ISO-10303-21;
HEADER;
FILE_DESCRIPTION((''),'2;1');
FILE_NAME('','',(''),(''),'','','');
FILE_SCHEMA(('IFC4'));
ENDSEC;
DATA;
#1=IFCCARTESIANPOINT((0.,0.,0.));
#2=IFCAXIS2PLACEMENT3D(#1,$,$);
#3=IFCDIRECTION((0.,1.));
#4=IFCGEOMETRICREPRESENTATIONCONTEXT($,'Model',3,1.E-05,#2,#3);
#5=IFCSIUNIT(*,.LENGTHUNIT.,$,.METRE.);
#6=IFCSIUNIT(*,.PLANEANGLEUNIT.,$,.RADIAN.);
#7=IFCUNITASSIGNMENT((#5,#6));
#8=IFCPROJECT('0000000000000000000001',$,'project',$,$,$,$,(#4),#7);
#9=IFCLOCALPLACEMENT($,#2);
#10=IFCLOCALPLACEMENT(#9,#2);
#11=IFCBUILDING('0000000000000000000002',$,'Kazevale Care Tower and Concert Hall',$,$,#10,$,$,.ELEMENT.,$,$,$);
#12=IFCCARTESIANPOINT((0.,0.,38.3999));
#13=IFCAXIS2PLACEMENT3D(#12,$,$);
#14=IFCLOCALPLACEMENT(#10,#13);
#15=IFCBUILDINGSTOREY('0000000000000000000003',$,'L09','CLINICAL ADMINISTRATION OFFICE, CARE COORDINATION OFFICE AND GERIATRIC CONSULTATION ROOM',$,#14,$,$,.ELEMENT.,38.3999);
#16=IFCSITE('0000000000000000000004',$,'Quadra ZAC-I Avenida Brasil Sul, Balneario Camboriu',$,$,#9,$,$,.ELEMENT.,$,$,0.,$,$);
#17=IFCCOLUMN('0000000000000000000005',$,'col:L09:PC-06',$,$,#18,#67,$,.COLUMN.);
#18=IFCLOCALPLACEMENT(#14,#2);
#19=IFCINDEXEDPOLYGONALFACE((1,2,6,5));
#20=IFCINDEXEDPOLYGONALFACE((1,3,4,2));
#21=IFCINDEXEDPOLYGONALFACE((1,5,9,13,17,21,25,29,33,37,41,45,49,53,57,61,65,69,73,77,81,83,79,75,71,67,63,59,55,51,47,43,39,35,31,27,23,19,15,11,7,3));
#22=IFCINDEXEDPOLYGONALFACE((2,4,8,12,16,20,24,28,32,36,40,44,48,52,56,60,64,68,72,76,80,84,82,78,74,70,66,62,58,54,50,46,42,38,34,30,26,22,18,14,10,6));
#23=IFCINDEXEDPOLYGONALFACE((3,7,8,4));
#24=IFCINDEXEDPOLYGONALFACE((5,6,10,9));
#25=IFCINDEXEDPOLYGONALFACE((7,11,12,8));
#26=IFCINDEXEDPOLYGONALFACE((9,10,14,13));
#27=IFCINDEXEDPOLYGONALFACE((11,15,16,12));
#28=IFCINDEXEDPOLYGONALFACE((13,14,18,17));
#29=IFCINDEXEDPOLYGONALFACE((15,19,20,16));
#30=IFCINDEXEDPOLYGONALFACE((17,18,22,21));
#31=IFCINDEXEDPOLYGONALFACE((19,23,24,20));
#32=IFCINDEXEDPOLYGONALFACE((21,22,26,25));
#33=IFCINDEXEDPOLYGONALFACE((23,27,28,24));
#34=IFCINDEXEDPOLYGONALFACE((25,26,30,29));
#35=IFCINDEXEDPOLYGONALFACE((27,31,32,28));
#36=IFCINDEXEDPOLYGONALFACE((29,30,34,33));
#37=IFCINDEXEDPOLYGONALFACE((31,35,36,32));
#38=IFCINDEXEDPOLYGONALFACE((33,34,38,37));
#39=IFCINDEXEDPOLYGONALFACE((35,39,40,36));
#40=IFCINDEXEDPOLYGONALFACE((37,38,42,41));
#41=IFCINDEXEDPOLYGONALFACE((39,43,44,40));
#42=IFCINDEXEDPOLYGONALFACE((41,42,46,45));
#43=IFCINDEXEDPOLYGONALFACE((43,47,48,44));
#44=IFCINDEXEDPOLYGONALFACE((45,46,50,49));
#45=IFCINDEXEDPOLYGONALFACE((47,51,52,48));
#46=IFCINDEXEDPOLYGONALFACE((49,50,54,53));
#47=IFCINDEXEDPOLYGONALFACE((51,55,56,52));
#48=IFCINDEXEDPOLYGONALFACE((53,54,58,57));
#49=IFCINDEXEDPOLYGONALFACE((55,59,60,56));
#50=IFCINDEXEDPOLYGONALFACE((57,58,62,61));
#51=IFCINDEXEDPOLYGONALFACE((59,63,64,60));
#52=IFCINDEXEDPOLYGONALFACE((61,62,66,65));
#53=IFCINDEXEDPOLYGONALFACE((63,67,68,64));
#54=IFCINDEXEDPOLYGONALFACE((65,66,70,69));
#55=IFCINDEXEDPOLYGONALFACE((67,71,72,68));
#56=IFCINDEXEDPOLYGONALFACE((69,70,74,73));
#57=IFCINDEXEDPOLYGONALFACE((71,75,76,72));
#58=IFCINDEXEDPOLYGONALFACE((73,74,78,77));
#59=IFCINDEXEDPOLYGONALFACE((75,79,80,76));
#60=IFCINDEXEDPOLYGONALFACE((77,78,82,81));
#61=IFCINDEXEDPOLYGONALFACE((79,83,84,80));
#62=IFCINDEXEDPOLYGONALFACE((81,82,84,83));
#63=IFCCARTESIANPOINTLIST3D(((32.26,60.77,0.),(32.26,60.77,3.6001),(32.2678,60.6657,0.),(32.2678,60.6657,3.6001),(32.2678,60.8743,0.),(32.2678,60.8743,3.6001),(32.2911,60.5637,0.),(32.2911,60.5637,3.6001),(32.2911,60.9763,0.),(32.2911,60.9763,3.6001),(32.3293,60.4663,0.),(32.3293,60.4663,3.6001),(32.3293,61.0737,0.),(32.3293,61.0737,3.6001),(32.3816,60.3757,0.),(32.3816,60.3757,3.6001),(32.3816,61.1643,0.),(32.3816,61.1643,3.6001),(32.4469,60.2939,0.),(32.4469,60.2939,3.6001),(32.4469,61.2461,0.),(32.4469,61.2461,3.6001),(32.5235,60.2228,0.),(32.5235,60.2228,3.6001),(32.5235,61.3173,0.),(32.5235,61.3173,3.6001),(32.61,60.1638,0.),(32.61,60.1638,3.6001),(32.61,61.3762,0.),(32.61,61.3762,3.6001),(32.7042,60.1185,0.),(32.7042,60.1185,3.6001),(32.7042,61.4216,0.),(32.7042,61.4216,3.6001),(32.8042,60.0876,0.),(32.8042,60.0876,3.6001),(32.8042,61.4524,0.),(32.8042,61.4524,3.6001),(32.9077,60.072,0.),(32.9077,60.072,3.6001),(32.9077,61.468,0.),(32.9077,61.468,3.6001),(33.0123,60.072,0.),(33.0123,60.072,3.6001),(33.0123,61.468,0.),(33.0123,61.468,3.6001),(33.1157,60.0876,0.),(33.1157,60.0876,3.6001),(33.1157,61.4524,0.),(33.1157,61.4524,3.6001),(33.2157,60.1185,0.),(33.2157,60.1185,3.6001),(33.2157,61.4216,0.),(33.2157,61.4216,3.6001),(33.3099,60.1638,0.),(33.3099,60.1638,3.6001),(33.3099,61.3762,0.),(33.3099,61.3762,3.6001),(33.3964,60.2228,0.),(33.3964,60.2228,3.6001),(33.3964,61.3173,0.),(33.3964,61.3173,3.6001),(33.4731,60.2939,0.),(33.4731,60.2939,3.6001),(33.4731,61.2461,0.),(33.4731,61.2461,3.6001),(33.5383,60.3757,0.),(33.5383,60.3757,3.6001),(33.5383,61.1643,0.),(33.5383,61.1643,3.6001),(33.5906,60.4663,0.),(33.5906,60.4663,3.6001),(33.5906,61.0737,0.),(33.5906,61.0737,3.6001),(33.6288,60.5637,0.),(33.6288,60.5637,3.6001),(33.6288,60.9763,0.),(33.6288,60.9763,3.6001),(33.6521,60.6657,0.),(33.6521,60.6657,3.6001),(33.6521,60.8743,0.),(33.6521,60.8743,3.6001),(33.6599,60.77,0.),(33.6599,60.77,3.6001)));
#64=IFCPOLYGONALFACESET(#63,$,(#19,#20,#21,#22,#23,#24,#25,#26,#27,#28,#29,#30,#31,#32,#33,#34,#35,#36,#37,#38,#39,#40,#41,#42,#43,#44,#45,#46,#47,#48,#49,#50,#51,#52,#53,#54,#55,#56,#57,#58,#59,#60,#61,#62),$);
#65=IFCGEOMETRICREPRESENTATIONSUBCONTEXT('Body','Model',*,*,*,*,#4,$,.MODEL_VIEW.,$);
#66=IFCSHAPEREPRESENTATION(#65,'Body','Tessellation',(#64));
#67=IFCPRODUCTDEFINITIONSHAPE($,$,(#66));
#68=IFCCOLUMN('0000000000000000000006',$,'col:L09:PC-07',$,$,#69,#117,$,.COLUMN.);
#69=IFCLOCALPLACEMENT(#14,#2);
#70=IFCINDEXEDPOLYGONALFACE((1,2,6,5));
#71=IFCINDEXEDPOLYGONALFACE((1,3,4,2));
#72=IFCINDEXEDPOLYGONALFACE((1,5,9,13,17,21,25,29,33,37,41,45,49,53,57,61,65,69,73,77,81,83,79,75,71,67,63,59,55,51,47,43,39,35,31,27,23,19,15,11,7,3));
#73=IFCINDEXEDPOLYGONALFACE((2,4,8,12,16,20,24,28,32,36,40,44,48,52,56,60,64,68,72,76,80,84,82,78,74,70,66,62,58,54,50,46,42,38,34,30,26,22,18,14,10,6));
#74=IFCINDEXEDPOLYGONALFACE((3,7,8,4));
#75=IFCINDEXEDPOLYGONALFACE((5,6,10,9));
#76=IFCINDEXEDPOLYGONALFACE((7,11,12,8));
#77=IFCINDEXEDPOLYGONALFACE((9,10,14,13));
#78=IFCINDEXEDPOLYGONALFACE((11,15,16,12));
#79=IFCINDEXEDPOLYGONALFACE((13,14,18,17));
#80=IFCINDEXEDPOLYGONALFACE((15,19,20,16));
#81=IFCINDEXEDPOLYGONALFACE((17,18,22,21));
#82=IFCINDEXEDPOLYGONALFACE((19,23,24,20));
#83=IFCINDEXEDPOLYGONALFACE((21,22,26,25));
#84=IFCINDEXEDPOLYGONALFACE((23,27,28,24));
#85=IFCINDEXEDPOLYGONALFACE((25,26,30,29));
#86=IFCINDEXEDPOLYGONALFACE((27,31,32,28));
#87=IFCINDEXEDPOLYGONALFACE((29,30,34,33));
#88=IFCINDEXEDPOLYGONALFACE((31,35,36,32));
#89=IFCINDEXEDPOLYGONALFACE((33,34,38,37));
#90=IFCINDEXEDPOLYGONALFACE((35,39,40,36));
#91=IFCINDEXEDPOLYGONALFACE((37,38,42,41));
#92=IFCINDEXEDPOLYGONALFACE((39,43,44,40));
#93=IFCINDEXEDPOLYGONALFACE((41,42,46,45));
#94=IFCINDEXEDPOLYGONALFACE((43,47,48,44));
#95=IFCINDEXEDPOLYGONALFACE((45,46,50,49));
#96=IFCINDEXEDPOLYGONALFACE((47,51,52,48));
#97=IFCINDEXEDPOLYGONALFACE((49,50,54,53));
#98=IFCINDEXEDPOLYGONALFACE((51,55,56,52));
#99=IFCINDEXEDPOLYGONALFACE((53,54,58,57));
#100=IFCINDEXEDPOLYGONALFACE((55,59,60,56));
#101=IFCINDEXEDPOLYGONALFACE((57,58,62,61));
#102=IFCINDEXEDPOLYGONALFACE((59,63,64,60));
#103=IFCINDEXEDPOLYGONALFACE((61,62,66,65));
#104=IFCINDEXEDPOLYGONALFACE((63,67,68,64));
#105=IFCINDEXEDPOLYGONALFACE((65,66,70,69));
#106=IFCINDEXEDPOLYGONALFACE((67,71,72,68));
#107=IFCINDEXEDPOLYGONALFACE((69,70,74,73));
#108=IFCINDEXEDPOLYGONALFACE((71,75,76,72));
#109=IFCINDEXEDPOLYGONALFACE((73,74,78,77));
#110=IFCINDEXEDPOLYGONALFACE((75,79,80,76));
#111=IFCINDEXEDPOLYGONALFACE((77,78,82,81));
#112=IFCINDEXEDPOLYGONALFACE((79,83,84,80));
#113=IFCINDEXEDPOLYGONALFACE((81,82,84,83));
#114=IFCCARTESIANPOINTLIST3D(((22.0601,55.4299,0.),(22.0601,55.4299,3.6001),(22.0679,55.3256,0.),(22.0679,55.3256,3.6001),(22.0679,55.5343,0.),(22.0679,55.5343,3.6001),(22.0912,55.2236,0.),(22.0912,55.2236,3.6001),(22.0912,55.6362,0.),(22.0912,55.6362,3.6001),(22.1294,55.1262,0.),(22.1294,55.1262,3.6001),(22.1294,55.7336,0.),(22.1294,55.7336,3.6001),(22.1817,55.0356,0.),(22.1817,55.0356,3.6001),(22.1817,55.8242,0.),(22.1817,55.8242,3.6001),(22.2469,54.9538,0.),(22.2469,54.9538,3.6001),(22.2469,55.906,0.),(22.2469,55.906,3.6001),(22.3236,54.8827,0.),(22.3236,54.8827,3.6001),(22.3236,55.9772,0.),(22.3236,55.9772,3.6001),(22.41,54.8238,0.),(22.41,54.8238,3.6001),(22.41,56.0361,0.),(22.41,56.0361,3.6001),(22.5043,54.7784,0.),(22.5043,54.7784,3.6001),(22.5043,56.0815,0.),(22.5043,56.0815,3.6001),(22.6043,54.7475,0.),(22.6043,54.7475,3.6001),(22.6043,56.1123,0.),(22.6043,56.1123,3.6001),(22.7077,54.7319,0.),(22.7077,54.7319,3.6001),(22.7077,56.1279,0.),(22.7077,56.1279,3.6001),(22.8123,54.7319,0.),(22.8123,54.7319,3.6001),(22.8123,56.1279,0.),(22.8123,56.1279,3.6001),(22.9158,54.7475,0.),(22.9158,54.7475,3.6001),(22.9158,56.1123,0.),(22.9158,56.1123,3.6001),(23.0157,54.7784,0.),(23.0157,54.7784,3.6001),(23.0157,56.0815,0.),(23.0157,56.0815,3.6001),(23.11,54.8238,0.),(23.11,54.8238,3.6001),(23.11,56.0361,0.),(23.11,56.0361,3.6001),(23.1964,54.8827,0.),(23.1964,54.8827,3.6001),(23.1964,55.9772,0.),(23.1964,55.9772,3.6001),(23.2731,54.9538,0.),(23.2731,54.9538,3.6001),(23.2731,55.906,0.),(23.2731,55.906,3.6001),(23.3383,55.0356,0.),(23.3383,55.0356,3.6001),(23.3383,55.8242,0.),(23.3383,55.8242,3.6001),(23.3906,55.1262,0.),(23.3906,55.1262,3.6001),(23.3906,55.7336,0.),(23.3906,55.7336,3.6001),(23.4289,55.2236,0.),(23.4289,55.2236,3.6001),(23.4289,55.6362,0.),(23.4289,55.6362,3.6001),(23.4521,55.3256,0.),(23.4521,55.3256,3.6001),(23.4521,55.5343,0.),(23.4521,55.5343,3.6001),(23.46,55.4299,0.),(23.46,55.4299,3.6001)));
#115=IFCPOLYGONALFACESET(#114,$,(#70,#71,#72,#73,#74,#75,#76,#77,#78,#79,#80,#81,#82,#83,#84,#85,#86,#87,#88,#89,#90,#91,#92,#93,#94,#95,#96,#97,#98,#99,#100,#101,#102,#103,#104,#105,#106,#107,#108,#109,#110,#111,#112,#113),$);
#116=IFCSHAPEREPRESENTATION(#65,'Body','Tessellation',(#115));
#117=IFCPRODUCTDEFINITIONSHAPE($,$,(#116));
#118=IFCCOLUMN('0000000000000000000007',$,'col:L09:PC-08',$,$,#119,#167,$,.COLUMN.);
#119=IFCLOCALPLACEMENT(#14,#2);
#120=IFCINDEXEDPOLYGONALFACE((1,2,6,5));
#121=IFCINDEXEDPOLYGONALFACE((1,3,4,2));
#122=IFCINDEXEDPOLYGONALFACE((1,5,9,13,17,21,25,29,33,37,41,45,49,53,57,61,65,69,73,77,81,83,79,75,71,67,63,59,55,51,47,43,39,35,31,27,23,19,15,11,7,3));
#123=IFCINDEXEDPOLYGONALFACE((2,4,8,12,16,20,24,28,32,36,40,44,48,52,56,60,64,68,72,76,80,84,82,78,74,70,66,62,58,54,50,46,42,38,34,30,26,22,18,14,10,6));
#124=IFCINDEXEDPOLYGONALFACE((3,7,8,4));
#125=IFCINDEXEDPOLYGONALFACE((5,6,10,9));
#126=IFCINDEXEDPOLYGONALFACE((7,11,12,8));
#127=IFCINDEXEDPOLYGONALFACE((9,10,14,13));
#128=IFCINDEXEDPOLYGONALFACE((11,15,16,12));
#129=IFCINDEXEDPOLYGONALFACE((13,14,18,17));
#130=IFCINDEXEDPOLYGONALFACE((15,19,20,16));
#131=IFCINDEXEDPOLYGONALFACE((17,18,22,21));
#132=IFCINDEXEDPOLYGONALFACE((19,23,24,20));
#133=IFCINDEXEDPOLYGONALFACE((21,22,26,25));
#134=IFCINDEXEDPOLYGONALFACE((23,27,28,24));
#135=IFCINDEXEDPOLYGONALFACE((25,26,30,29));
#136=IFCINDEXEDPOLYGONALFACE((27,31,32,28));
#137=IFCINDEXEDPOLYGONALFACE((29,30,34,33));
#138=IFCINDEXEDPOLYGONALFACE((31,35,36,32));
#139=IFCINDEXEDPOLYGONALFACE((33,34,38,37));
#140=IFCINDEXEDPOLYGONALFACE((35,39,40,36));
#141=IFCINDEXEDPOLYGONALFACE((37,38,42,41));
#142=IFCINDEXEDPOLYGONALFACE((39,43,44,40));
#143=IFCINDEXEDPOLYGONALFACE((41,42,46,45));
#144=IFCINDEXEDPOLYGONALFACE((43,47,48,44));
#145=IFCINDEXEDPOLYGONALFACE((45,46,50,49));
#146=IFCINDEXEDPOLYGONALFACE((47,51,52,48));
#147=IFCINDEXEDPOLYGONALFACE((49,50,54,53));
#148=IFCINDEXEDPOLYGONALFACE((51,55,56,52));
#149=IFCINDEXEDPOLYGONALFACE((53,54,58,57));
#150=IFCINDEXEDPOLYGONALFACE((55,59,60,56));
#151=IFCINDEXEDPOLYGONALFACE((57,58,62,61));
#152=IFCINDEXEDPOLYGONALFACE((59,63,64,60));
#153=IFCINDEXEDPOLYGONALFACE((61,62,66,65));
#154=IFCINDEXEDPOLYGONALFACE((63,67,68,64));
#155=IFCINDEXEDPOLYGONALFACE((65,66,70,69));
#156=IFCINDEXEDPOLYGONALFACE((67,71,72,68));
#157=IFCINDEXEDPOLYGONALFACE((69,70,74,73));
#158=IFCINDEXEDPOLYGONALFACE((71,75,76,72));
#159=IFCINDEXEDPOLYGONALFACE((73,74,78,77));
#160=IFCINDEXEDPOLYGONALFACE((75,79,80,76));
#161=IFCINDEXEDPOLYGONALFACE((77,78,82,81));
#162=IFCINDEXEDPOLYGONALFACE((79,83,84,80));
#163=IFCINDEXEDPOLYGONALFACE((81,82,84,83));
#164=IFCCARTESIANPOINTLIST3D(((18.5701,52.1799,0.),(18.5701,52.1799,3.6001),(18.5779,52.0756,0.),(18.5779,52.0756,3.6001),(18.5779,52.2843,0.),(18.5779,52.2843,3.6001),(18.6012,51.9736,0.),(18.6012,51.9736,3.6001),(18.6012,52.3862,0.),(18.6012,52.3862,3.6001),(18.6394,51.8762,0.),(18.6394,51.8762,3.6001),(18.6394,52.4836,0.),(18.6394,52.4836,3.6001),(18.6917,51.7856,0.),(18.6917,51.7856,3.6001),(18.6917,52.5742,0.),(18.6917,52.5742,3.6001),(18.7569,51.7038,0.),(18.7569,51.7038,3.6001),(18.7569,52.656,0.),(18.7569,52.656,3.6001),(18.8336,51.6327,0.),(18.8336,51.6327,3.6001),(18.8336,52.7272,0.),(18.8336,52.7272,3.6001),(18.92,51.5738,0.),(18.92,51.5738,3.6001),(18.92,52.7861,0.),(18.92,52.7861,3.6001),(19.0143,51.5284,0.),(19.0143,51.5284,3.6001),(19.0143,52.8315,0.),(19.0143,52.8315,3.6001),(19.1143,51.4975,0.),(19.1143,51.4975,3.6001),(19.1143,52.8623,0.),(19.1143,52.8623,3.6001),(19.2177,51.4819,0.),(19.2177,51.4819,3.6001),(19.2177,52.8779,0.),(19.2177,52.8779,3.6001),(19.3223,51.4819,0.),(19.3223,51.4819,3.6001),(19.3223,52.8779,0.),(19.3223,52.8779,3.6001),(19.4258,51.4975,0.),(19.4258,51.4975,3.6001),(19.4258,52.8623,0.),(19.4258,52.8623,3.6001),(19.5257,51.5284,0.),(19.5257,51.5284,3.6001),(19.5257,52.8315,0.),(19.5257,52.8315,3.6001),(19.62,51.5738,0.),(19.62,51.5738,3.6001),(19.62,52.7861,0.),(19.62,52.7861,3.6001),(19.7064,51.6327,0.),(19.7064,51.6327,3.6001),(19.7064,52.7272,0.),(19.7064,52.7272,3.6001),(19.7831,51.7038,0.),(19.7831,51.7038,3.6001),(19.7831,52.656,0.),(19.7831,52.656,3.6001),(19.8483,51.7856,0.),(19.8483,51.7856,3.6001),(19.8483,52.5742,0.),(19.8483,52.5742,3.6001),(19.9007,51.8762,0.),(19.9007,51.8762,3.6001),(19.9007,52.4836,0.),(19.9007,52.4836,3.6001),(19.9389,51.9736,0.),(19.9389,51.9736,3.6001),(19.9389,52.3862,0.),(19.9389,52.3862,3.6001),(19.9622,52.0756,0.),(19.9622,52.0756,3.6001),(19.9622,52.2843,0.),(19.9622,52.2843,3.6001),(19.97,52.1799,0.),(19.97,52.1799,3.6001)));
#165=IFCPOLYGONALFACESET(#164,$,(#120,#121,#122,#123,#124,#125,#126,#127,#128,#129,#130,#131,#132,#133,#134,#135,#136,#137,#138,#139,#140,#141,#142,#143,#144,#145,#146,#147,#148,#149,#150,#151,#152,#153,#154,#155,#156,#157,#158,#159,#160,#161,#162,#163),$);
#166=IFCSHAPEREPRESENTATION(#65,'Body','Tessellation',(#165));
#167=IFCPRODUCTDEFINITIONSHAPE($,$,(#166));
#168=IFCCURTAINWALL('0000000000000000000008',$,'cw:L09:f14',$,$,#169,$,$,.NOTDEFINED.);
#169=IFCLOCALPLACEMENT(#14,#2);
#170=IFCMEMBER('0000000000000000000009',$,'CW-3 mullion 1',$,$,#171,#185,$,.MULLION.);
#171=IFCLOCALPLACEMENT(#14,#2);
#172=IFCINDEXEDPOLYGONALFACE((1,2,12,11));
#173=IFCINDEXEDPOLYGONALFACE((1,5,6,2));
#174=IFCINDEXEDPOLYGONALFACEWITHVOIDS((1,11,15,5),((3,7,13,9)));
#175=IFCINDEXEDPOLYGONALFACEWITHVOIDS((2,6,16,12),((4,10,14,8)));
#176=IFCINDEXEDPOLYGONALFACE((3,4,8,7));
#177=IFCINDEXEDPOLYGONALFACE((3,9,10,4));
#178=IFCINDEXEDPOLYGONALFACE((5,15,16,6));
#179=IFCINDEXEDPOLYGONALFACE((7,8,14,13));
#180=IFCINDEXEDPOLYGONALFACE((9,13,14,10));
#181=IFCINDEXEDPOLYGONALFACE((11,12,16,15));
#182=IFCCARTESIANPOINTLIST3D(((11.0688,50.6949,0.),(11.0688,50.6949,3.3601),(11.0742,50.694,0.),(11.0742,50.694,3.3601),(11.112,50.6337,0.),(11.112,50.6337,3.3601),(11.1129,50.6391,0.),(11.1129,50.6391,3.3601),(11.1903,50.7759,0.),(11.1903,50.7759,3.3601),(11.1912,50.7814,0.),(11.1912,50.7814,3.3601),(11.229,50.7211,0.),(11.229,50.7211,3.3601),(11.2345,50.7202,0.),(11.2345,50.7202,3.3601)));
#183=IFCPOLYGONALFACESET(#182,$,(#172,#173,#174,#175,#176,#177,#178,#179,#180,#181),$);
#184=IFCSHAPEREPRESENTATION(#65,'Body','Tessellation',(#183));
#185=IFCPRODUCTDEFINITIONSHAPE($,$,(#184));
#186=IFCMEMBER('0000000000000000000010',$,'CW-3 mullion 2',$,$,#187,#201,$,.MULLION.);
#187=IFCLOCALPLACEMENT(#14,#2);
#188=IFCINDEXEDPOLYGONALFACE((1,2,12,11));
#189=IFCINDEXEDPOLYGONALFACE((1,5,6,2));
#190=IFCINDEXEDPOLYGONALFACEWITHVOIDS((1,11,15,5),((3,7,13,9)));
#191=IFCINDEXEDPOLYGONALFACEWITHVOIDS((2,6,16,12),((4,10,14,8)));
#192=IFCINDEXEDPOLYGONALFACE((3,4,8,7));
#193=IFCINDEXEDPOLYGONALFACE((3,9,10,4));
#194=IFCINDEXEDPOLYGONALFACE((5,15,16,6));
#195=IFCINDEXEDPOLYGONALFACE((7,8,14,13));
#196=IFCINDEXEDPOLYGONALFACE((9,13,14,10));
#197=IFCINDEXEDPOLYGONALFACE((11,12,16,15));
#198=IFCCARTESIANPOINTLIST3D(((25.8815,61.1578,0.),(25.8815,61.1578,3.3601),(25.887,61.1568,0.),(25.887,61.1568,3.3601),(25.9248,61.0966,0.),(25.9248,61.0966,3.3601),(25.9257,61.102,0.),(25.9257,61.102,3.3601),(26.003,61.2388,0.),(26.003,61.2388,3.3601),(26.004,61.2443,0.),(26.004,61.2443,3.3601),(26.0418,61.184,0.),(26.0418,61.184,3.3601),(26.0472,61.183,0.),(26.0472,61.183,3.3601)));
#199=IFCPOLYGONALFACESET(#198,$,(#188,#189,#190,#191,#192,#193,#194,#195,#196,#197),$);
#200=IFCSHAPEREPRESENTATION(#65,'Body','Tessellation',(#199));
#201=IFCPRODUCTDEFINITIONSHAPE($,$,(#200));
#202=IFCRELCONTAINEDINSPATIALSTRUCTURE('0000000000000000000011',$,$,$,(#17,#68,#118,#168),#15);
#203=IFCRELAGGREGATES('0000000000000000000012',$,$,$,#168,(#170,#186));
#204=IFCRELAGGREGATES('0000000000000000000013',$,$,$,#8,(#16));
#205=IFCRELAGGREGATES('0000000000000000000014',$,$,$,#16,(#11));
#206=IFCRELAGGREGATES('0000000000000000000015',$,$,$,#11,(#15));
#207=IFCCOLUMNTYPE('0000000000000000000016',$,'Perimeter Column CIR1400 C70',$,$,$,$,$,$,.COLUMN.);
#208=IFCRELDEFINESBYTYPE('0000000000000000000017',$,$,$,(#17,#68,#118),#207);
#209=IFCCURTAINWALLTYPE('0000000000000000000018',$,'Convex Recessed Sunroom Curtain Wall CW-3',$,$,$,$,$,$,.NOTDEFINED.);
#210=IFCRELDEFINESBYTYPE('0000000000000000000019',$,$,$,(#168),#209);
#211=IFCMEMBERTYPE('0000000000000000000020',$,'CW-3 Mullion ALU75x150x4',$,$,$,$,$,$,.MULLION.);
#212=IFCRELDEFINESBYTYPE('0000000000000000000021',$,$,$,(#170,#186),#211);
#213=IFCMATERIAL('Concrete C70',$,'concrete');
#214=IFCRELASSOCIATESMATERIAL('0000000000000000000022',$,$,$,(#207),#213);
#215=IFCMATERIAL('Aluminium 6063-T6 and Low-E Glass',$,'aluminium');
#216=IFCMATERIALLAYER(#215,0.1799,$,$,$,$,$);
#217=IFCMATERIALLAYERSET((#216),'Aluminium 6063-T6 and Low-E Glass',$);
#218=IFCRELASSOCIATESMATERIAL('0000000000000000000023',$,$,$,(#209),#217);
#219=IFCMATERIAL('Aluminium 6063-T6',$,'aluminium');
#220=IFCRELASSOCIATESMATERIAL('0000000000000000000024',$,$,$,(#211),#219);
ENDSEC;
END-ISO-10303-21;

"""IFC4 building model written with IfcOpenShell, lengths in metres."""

from ifc_helpers import new_model, si_unit, direction, frame, origin, origin_2d, place, context, subcontext, project, spatial, hollow_rectangle, circle, extrude, material, layer, layer_set, material_profile, profile_set, type_object, element, aggregate, save


model = new_model("IFC4")

# Units and contexts
model_context = context("Model", 3, precision=1e-05, world=origin(), true_north=direction((0.0, 1.0)))
body_context = subcontext(model_context, "Body", "Model", "MODEL_VIEW")
ifc_project = project(units=[si_unit("LENGTHUNIT", "METRE"), si_unit("PLANEANGLEUNIT", "RADIAN")], contexts=[model_context])

# Site, building, storey
site_placement = place(None, origin())
site = spatial("IfcSite", under=ifc_project, at=site_placement, Name="Quadra ZAC-I Avenida Brasil Sul, Balneario Camboriu", CompositionType="ELEMENT", RefElevation=0.0)
building_placement = place(site_placement, origin())
building = spatial("IfcBuilding", under=site, at=building_placement, Name="Kazevale Care Tower and Concert Hall", CompositionType="ELEMENT")
storey_placement = place(building_placement, frame((0.0, 0.0, 38.3999)))
storey = spatial("IfcBuildingStorey", under=building, at=storey_placement, Name="L09", Description="CLINICAL ADMINISTRATION OFFICE, CARE COORDINATION OFFICE AND GERIATRIC CONSULTATION ROOM", CompositionType="ELEMENT", Elevation=38.3999)

# Columns
ifc_material_1 = material(Name="Concrete C70", Category="concrete")
ifc_material_profile_1 = material_profile(ifc_material_1, circle(Radius=0.7, at=origin_2d()), Name="RC-CIR1400")
ifc_profile_set_1 = profile_set([ifc_material_profile_1], Name="Concrete C70")
column_type = type_object("IfcColumnType", Name="Perimeter Column CIR1400 C70", PredefinedType="COLUMN", material=ifc_profile_set_1)
for number, where, z_axis, x_axis, name in (
    (1, (32.96, 60.77, 0.0), (0.0, 0.0, 1.0), (1.0, 0.0, 0.0), "col:L09:PC-06"),
    (2, (22.76, 55.4299, 0.0), (0.0, 0.0, 1.0), (1.0, 0.0, 0.0), "col:L09:PC-07"),
    (3, (19.27, 52.1799, 0.0), (0.0, 0.0, 1.0), (1.0, 0.0, 0.0), "col:L09:PC-08"),
):
    element("IfcColumn", number, at=place(storey_placement, frame(where, z_axis=z_axis, x_axis=x_axis)), inside=storey, type_object=column_type, Name=name, PredefinedType="COLUMN", context=body_context, shape_type="SweptSolid", body=[
        extrude(circle(Radius=0.7, at=origin_2d()), origin(), (0.0, 0.0, 1.0), 3.6001),
    ])

# Curtain wall, members
ifc_material_2 = material(Name="Aluminium 6063-T6 and Low-E Glass", Category="aluminium")
ifc_layer_1 = layer(ifc_material_2, 0.1799)
ifc_layer_set_1 = layer_set([ifc_layer_1], Name="Aluminium 6063-T6 and Low-E Glass")
curtain_wall_type = type_object("IfcCurtainWallType", Name="Convex Recessed Sunroom Curtain Wall CW-3", PredefinedType="NOTDEFINED", material=ifc_layer_set_1)
curtain_wall_placement = place(storey_placement, origin())
curtain_wall = element("IfcCurtainWall", 4, at=curtain_wall_placement, inside=storey, type_object=curtain_wall_type, Name="cw:L09:f14", PredefinedType="NOTDEFINED")
ifc_material_3 = material(Name="Aluminium 6063-T6", Category="aluminium")
ifc_material_profile_2 = material_profile(ifc_material_3, hollow_rectangle(XDim=0.075, YDim=0.1499, WallThickness=0.0039, at=origin_2d()), Name="ALU75x150x4")
ifc_profile_set_2 = profile_set([ifc_material_profile_2], Name="Aluminium 6063-T6")
member_type_1 = type_object("IfcMemberType", Name="CW-3 Mullion ALU75x150x4", PredefinedType="MULLION", material=ifc_profile_set_2)
member_1_placement = place(storey_placement, frame((11.1516, 50.7075, 0.0), z_axis=(0.0, 0.0, 1.0), x_axis=(-0.576929, 0.816794, 0.0)))
member_1 = element("IfcMember", 5, at=member_1_placement, type_object=member_type_1, Name="CW-3 mullion 1", PredefinedType="MULLION", context=body_context, shape_type="SweptSolid", body=[
    extrude(hollow_rectangle(XDim=0.075, YDim=0.1499, WallThickness=0.0039, at=origin_2d()), origin(), (0.0, 0.0, 1.0), 3.3601),
])
member_2_placement = place(storey_placement, frame((25.9644, 61.1704, 0.0), z_axis=(0.0, 0.0, 1.0), x_axis=(-0.576929, 0.816794, 0.0)))
member_2 = element("IfcMember", 6, at=member_2_placement, type_object=member_type_1, Name="CW-3 mullion 2", PredefinedType="MULLION", context=body_context, shape_type="SweptSolid", body=[
    extrude(hollow_rectangle(XDim=0.075, YDim=0.1499, WallThickness=0.0039, at=origin_2d()), origin(), (0.0, 0.0, 1.0), 3.3601),
])

aggregate(curtain_wall, [member_1, member_2])

save(model, "model.ifc")
